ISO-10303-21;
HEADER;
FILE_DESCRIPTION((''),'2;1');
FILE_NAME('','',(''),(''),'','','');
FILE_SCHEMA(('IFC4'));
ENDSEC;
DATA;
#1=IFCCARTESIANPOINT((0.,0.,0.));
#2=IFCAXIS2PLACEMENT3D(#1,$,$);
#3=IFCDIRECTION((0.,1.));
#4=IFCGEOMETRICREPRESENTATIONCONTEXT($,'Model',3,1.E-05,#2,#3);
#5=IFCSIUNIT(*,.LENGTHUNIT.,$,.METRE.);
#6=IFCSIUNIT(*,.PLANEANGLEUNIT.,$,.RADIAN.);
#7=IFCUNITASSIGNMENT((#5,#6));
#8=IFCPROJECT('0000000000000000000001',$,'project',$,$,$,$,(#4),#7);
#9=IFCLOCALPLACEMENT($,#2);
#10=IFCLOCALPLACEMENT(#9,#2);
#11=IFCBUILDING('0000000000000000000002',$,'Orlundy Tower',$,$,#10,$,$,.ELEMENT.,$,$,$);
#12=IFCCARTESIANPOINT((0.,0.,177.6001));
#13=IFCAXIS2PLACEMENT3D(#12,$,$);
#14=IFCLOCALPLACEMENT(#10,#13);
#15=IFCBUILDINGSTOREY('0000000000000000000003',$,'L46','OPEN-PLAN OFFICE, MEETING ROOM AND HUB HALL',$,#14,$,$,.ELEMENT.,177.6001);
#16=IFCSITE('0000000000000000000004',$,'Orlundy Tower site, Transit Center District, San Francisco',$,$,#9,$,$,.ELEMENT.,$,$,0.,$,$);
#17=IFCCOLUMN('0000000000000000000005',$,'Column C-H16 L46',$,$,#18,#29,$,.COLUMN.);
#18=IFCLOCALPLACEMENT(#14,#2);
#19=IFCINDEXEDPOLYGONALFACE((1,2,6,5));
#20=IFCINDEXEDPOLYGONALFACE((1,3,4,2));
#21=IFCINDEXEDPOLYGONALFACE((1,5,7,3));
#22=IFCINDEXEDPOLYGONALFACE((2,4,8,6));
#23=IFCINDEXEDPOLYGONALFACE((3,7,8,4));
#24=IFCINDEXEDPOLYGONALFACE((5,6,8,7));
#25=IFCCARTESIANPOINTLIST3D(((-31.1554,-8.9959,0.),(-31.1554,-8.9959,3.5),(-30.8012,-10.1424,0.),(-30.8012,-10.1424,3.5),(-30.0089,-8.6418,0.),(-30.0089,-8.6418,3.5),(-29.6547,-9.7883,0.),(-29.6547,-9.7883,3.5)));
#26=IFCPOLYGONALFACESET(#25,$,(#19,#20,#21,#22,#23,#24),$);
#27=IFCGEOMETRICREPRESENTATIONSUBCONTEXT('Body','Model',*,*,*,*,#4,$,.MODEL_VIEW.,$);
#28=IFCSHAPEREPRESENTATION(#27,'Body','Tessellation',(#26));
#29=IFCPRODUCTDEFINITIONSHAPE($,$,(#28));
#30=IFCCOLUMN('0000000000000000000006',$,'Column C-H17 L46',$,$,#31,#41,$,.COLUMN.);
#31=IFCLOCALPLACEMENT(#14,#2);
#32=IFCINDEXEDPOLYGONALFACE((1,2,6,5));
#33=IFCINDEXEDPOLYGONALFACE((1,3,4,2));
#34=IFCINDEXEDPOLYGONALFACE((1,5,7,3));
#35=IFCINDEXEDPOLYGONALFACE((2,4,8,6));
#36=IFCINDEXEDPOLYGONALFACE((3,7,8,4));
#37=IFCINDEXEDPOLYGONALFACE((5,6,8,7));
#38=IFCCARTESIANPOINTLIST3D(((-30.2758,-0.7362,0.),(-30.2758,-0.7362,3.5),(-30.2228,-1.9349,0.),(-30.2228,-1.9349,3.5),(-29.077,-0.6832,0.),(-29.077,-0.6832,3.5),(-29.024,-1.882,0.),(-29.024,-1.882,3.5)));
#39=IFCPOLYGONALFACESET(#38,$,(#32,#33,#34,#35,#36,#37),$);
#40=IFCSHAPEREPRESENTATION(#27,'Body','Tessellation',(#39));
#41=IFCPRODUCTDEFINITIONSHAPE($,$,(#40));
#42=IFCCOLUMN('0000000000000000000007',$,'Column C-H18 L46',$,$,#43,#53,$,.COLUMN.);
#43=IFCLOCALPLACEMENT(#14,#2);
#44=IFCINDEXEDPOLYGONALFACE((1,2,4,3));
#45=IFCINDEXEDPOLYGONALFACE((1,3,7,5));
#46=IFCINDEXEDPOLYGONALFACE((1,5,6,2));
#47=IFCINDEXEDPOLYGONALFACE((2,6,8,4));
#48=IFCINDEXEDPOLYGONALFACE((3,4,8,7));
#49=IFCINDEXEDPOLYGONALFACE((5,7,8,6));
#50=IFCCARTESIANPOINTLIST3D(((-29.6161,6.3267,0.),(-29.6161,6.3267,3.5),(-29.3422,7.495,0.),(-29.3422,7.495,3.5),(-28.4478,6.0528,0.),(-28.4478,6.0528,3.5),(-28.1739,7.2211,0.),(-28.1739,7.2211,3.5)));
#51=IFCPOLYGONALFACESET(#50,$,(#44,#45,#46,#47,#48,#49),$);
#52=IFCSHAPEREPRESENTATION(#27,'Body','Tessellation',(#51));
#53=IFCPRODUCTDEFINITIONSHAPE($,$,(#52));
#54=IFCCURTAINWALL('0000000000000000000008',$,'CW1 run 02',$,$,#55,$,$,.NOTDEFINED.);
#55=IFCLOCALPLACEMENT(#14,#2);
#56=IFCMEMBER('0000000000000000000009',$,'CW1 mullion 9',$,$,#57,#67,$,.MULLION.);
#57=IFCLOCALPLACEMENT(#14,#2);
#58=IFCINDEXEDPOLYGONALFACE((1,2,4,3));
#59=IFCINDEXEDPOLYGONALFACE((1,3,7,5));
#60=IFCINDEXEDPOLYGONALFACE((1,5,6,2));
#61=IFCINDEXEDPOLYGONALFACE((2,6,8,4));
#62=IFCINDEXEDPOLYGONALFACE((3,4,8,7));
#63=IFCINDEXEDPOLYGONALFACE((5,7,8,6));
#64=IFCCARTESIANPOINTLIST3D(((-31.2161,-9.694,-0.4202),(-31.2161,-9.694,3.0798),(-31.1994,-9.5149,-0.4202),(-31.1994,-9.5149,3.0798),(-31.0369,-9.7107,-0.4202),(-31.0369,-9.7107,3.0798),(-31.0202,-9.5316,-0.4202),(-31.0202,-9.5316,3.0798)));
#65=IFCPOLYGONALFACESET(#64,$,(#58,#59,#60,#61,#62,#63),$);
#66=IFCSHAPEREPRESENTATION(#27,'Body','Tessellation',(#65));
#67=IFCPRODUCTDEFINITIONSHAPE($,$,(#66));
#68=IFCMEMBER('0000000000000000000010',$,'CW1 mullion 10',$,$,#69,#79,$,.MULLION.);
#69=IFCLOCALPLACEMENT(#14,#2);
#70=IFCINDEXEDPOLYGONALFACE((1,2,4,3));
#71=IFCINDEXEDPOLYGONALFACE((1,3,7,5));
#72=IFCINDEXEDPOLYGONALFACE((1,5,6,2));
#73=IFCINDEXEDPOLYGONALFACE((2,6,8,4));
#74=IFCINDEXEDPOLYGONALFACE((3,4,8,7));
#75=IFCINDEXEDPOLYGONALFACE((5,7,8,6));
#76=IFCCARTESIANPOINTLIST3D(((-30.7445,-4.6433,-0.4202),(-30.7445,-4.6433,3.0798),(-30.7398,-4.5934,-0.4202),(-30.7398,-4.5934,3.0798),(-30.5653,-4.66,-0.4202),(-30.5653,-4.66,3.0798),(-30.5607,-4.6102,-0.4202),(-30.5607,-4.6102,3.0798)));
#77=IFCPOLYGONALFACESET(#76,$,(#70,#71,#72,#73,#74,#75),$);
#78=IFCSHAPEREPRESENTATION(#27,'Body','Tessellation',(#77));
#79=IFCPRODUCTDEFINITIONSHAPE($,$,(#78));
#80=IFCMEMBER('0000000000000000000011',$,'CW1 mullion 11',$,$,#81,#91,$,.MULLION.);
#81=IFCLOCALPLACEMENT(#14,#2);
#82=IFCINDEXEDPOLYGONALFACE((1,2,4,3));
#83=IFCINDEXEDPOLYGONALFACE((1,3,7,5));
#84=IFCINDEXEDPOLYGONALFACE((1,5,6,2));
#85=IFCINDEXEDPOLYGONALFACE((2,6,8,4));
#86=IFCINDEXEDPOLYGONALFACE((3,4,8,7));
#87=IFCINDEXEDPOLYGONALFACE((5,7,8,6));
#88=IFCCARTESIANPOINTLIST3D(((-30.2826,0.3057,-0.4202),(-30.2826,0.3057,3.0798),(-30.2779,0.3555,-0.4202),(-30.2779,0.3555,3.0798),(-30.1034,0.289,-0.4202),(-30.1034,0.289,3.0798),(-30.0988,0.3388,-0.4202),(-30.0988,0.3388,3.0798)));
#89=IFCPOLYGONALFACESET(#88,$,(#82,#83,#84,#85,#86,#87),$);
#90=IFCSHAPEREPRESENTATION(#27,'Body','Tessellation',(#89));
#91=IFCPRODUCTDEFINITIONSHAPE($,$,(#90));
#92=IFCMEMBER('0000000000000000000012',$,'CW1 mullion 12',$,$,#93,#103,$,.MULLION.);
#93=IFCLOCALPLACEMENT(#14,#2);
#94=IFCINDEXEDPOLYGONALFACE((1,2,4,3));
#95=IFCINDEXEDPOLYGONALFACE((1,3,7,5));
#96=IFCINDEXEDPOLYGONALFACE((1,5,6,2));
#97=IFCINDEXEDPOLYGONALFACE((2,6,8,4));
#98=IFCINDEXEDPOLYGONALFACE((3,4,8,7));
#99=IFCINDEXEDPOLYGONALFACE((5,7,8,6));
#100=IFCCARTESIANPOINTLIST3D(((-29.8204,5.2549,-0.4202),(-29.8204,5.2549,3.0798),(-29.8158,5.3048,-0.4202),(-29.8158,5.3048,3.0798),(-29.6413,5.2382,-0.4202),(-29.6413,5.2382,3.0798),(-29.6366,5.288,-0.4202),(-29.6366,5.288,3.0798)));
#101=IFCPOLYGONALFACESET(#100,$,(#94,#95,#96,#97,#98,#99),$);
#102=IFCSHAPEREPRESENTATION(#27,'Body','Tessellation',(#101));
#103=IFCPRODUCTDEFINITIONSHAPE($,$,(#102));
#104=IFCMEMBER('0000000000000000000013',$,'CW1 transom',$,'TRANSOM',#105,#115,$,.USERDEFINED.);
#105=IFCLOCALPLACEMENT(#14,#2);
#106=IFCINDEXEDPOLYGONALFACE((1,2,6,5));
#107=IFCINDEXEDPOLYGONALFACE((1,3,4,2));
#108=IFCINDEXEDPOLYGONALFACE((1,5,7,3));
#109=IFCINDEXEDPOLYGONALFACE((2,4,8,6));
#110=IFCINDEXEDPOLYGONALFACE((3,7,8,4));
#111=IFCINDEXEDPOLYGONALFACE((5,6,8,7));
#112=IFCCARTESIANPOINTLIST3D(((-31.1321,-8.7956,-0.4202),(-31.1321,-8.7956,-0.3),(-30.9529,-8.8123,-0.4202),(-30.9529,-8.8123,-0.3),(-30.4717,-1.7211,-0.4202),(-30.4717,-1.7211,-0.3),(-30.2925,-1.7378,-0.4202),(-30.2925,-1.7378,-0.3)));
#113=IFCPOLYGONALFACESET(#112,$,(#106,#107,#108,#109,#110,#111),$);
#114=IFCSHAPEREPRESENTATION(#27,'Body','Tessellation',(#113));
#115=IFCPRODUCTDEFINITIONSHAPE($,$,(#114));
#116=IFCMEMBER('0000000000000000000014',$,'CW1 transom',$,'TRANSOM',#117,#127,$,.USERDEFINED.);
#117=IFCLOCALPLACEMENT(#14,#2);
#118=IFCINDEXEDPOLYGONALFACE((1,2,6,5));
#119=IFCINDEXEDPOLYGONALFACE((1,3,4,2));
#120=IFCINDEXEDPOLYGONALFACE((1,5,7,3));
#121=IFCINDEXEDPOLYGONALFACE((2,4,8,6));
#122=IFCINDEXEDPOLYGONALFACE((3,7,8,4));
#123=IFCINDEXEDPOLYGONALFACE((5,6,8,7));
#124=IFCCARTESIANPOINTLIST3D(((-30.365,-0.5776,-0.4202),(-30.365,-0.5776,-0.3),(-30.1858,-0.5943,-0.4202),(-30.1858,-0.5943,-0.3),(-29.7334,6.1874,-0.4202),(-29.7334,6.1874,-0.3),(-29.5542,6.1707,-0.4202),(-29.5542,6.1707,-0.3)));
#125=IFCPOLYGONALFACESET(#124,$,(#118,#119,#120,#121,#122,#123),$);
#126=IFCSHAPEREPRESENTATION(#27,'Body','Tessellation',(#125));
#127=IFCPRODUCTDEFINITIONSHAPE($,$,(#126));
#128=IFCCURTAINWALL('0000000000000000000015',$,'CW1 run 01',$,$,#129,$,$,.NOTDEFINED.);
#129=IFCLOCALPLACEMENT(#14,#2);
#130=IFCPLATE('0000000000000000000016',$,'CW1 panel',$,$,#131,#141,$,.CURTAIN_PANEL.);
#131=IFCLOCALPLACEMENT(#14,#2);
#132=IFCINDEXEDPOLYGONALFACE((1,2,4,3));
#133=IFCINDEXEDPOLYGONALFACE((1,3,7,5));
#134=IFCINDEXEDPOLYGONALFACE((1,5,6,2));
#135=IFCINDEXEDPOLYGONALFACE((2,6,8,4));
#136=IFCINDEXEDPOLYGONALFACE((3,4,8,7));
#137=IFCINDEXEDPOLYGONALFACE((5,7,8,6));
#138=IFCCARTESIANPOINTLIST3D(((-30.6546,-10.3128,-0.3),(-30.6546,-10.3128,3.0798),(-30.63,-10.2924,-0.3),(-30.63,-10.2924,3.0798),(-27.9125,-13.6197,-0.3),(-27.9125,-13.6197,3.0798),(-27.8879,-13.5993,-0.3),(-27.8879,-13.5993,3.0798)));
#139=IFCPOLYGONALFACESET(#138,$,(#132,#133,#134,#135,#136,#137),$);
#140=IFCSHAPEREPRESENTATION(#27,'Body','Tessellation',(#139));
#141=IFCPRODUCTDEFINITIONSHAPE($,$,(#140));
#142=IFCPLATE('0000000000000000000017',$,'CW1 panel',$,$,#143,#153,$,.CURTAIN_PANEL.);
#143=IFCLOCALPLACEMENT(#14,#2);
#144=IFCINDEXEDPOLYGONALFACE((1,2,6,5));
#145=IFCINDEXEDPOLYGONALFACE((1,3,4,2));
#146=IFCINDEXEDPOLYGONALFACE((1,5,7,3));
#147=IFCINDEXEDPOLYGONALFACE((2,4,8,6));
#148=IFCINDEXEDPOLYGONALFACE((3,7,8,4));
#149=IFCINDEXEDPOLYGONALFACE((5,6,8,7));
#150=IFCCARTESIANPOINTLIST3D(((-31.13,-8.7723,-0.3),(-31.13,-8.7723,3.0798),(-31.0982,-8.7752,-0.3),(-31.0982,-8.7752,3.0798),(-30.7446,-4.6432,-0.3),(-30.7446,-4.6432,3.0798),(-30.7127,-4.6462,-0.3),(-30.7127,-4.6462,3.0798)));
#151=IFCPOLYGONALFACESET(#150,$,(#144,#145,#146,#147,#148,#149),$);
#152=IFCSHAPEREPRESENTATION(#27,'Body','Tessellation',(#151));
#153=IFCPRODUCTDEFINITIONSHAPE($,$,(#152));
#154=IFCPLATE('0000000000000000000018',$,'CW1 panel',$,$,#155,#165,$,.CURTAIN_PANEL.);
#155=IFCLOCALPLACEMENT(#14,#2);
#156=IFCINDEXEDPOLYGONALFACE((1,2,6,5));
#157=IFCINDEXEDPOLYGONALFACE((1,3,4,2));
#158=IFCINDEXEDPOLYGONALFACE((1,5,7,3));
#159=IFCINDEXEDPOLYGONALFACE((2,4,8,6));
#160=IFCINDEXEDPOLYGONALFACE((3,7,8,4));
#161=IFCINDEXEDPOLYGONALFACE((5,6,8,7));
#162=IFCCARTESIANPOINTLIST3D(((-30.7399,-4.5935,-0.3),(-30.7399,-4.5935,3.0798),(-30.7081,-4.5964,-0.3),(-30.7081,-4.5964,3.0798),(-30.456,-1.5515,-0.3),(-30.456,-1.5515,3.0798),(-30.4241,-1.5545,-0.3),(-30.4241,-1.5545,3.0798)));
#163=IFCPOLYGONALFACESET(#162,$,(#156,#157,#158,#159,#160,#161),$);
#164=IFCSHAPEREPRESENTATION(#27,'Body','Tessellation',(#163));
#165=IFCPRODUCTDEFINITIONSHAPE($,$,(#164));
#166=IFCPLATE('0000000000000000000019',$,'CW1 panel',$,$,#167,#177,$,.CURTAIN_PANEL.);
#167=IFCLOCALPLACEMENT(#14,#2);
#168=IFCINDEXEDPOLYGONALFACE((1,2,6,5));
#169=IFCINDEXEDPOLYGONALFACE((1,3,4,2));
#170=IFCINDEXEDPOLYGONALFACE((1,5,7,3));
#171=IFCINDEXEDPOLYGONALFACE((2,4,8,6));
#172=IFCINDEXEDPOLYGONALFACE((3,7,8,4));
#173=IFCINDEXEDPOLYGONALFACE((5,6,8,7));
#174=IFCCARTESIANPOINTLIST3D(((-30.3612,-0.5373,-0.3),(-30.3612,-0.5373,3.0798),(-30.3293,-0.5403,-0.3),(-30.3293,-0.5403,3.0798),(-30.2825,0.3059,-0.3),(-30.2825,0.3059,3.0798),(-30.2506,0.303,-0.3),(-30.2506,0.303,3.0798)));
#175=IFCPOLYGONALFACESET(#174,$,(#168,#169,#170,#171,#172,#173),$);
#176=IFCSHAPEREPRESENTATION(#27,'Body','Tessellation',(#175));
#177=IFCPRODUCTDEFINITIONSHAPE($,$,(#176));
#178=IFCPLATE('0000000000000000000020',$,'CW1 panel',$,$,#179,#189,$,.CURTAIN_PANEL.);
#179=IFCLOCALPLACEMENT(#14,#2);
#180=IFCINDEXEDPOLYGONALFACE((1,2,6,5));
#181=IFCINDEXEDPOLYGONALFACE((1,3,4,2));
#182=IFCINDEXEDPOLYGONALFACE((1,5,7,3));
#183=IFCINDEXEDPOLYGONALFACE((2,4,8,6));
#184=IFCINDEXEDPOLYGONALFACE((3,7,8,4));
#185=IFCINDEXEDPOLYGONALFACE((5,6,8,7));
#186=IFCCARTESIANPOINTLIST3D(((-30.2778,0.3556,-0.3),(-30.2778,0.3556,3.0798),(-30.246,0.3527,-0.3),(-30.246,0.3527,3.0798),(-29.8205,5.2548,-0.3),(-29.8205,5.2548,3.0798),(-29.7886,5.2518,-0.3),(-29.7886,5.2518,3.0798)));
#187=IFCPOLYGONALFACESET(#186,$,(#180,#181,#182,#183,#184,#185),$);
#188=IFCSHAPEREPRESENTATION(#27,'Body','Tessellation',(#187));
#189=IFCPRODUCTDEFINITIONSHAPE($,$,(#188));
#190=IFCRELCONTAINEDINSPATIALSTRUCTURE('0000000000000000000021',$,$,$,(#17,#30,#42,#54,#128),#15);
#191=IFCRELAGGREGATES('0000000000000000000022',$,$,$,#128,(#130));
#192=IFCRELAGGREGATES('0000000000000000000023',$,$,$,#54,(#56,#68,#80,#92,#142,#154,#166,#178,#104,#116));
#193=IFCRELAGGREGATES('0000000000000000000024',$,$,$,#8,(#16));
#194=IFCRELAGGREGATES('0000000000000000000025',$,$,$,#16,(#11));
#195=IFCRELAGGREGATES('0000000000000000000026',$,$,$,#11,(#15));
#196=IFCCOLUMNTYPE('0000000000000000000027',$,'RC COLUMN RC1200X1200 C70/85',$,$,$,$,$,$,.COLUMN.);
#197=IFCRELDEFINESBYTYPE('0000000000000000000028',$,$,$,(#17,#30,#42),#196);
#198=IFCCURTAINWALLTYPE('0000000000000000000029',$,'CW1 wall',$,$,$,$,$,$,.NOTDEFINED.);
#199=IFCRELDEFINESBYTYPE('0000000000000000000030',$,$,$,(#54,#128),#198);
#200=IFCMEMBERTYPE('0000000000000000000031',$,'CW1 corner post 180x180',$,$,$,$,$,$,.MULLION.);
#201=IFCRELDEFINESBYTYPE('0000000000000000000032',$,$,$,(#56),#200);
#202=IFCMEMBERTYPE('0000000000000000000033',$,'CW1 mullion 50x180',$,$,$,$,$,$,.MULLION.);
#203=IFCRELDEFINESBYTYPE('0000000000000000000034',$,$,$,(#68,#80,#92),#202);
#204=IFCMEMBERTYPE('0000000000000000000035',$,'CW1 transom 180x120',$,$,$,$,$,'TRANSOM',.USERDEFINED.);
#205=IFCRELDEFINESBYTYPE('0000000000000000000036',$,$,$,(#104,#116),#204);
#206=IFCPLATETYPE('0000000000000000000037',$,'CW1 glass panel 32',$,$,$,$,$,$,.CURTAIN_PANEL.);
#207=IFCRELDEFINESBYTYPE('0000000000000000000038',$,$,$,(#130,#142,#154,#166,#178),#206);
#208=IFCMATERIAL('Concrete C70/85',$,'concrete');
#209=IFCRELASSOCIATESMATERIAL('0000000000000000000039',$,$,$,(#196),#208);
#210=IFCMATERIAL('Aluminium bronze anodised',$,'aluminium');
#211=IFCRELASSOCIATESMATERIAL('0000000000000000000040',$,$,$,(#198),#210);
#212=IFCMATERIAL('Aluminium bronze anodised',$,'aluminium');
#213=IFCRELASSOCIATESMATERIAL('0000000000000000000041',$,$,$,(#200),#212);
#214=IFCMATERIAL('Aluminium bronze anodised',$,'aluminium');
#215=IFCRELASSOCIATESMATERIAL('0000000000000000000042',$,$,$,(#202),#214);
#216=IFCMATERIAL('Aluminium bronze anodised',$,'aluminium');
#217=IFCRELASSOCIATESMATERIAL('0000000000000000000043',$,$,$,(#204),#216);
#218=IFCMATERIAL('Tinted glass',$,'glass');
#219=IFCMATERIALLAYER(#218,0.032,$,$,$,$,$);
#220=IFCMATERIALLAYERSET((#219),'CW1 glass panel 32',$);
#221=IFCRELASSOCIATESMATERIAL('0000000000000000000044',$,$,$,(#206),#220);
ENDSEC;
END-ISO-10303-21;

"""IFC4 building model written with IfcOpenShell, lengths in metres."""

from ifc_helpers import new_model, si_unit, direction, frame, origin, origin_2d, place, context, subcontext, project, spatial, rectangle, extrude, material, layer, layer_set, material_profile, profile_set, type_object, element, aggregate, save


model = new_model("IFC4")

# Units and contexts
model_context = context("Model", 3, precision=1e-05, world=origin(), true_north=direction((0.0, 1.0)))
body_context = subcontext(model_context, "Body", "Model", "MODEL_VIEW")
ifc_project = project(units=[si_unit("LENGTHUNIT", "METRE"), si_unit("PLANEANGLEUNIT", "RADIAN")], contexts=[model_context])

# Site, building, storey
site_placement = place(None, origin())
site = spatial("IfcSite", under=ifc_project, at=site_placement, Name="Orlundy Tower site, Transit Center District, San Francisco", CompositionType="ELEMENT", RefElevation=0.0)
building_placement = place(site_placement, origin())
building = spatial("IfcBuilding", under=site, at=building_placement, Name="Orlundy Tower", CompositionType="ELEMENT")
storey_placement = place(building_placement, frame((0.0, 0.0, 177.6001)))
storey = spatial("IfcBuildingStorey", under=building, at=storey_placement, Name="L46", Description="OPEN-PLAN OFFICE, MEETING ROOM AND HUB HALL", CompositionType="ELEMENT", Elevation=177.6001)

# Columns
ifc_material_1 = material(Name="Concrete C70/85", Category="concrete")
ifc_material_profile_1 = material_profile(ifc_material_1, rectangle(XDim=1.2, YDim=1.2, at=origin_2d()), Name="RC1200X1200")
ifc_profile_set_1 = profile_set([ifc_material_profile_1], Name="Concrete C70/85")
column_type = type_object("IfcColumnType", Name="RC COLUMN RC1200X1200 C70/85", PredefinedType="COLUMN", material=ifc_profile_set_1)
for number, where, z_axis, x_axis, name in (
    (1, (-30.405, -9.3921, 0.0), (0.0, 0.0, 1.0), (-0.955454, -0.295141, 0.0), "Column C-H16 L46"),
    (2, (-29.6499, -1.3091, 0.0), (0.0, 0.0, 1.0), (-0.999027, -0.044108, 0.0), "Column C-H17 L46"),
    (3, (-28.895, 6.7739, 0.0), (0.0, 0.0, 1.0), (-0.973603, 0.228249, 0.0), "Column C-H18 L46"),
):
    element("IfcColumn", number, at=place(storey_placement, frame(where, z_axis=z_axis, x_axis=x_axis)), inside=storey, type_object=column_type, Name=name, PredefinedType="COLUMN", context=body_context, shape_type="SweptSolid", body=[
        extrude(rectangle(XDim=1.2, YDim=1.2, at=origin_2d()), origin(), (0.0, 0.0, 1.0), 3.5),
    ])

# Curtain wall, members
ifc_material_2 = material(Name="Aluminium bronze anodised", Category="aluminium")
curtain_wall_type = type_object("IfcCurtainWallType", Name="CW1 wall", PredefinedType="NOTDEFINED", material=ifc_material_2)
curtain_wall_1_placement = place(storey_placement, origin())
curtain_wall_1 = element("IfcCurtainWall", 4, at=curtain_wall_1_placement, inside=storey, type_object=curtain_wall_type, Name="CW1 run 02", PredefinedType="NOTDEFINED")
ifc_material_3 = material(Name="Aluminium bronze anodised", Category="aluminium")
ifc_material_profile_2 = material_profile(ifc_material_3, rectangle(XDim=0.1799, YDim=0.1799, at=origin_2d()), Name="CW1 corner post 180x180")
ifc_profile_set_2 = profile_set([ifc_material_profile_2], Name="Aluminium bronze anodised")
member_type_1 = type_object("IfcMemberType", Name="CW1 corner post 180x180", PredefinedType="MULLION", material=ifc_profile_set_2)
member_1_placement = place(storey_placement, frame((-31.1182, -9.6128, -0.4202), z_axis=(0.0, 0.0, 1.0), x_axis=(-0.995671, 0.092948, 0.0)))
member_1 = element("IfcMember", 5, at=member_1_placement, type_object=member_type_1, Name="CW1 mullion 9", PredefinedType="MULLION", context=body_context, shape_type="SweptSolid", body=[
    extrude(rectangle(XDim=0.1799, YDim=0.1799, at=origin_2d()), origin(), (0.0, 0.0, 1.0), 3.5),
])
ifc_material_4 = material(Name="Aluminium bronze anodised", Category="aluminium")
ifc_material_profile_3 = material_profile(ifc_material_4, rectangle(XDim=0.1799, YDim=0.05, at=origin_2d()), Name="CW1 mullion 50x180")
ifc_profile_set_3 = profile_set([ifc_material_profile_3], Name="Aluminium bronze anodised")
member_type_2 = type_object("IfcMemberType", Name="CW1 mullion 50x180", PredefinedType="MULLION", material=ifc_profile_set_3)
member_2_placement = place(storey_placement, frame((-30.6526, -4.6267, -0.4202), z_axis=(0.0, 0.0, 1.0), x_axis=(-0.995671, 0.092948, 0.0)))
member_2 = element("IfcMember", 6, at=member_2_placement, type_object=member_type_2, Name="CW1 mullion 10", PredefinedType="MULLION", context=body_context, shape_type="SweptSolid", body=[
    extrude(rectangle(XDim=0.1799, YDim=0.05, at=origin_2d()), origin(), (0.0, 0.0, 1.0), 3.5),
])
member_3_placement = place(storey_placement, frame((-30.1907, 0.3223, -0.4202), z_axis=(0.0, 0.0, 1.0), x_axis=(-0.995671, 0.092948, 0.0)))
member_3 = element("IfcMember", 7, at=member_3_placement, type_object=member_type_2, Name="CW1 mullion 11", PredefinedType="MULLION", context=body_context, shape_type="SweptSolid", body=[
    extrude(rectangle(XDim=0.1799, YDim=0.05, at=origin_2d()), origin(), (0.0, 0.0, 1.0), 3.5),
])
member_4_placement = place(storey_placement, frame((-29.7285, 5.2715, -0.4202), z_axis=(0.0, 0.0, 1.0), x_axis=(-0.995671, 0.092948, 0.0)))
member_4 = element("IfcMember", 8, at=member_4_placement, type_object=member_type_2, Name="CW1 mullion 12", PredefinedType="MULLION", context=body_context, shape_type="SweptSolid", body=[
    extrude(rectangle(XDim=0.1799, YDim=0.05, at=origin_2d()), origin(), (0.0, 0.0, 1.0), 3.5),
])
ifc_material_5 = material(Name="Aluminium bronze anodised", Category="aluminium")
ifc_material_profile_4 = material_profile(ifc_material_5, rectangle(XDim=0.1799, YDim=0.1201, at=origin_2d()), Name="CW1 transom 180x120")
ifc_profile_set_4 = profile_set([ifc_material_profile_4], Name="Aluminium bronze anodised")
member_type_3 = type_object("IfcMemberType", Name="CW1 transom 180x120", ElementType="TRANSOM", PredefinedType="USERDEFINED", material=ifc_profile_set_4)
member_5_placement = place(storey_placement, frame((-31.0425, -8.804, -0.3601), z_axis=(0.092946, 0.995671, 0.0), x_axis=(-0.995671, 0.092946, 0.0)))
member_5 = element("IfcMember", 9, at=member_5_placement, type_object=member_type_3, Name="CW1 transom", ObjectType="TRANSOM", PredefinedType="USERDEFINED", context=body_context, shape_type="SweptSolid", body=[
    extrude(rectangle(XDim=0.1799, YDim=0.1201, at=origin_2d()), origin(), (0.0, 0.0, 1.0), 7.1052),
])
member_6_placement = place(storey_placement, frame((-30.2754, -0.5859, -0.3601), z_axis=(0.092956, 0.99567, 0.0), x_axis=(-0.99567, 0.092956, 0.0)))
member_6 = element("IfcMember", 10, at=member_6_placement, type_object=member_type_3, Name="CW1 transom", ObjectType="TRANSOM", PredefinedType="USERDEFINED", context=body_context, shape_type="SweptSolid", body=[
    extrude(rectangle(XDim=0.1799, YDim=0.1201, at=origin_2d()), origin(), (0.0, 0.0, 1.0), 6.7944),
])

# Curtain wall, plate
curtain_wall_2_placement = place(storey_placement, origin())
curtain_wall_2 = element("IfcCurtainWall", 11, at=curtain_wall_2_placement, inside=storey, type_object=curtain_wall_type, Name="CW1 run 01", PredefinedType="NOTDEFINED")
ifc_material_6 = material(Name="Tinted glass", Category="glass")
ifc_layer_1 = layer(ifc_material_6, 0.032)
ifc_layer_set_1 = layer_set([ifc_layer_1], Name="CW1 glass panel 32")
plate_type = type_object("IfcPlateType", Name="CW1 glass panel 32", PredefinedType="CURTAIN_PANEL", material=ifc_layer_set_1)
plate_1_placement = place(storey_placement, frame((-29.2712, -11.9561, -0.3), z_axis=(0.0, 0.0, 1.0), x_axis=(-0.638299, 0.769788, 0.0)))
plate_1 = element("IfcPlate", 12, at=plate_1_placement, type_object=plate_type, Name="CW1 panel", PredefinedType="CURTAIN_PANEL", context=body_context, shape_type="SweptSolid", body=[
    extrude(rectangle(XDim=4.2959, YDim=0.032, at=origin_2d()), origin(), (0.0, 0.0, 1.0), 3.3799),
])
aggregate(curtain_wall_2, [plate_1])

# Plates
plate_2_placement = place(storey_placement, frame((-30.9214, -6.7092, -0.3), z_axis=(0.0, 0.0, 1.0), x_axis=(0.092948, 0.995671, 0.0)))
plate_2 = element("IfcPlate", 13, at=plate_2_placement, type_object=plate_type, Name="CW1 panel", PredefinedType="CURTAIN_PANEL", context=body_context, shape_type="SweptSolid", body=[
    extrude(rectangle(XDim=4.147, YDim=0.032, at=origin_2d()), origin(), (0.0, 0.0, 1.0), 3.3799),
])
plate_3_placement = place(storey_placement, frame((-30.582, -3.074, -0.3), z_axis=(0.0, 0.0, 1.0), x_axis=(0.092948, 0.995671, 0.0)))
plate_3 = element("IfcPlate", 14, at=plate_3_placement, type_object=plate_type, Name="CW1 panel", PredefinedType="CURTAIN_PANEL", context=body_context, shape_type="SweptSolid", body=[
    extrude(rectangle(XDim=3.0552, YDim=0.032, at=origin_2d()), origin(), (0.0, 0.0, 1.0), 3.3799),
])
plate_4_placement = place(storey_placement, frame((-30.3059, -0.1172, -0.3), z_axis=(0.0, 0.0, 1.0), x_axis=(0.092948, 0.995671, 0.0)))
plate_4 = element("IfcPlate", 15, at=plate_4_placement, type_object=plate_type, Name="CW1 panel", PredefinedType="CURTAIN_PANEL", context=body_context, shape_type="SweptSolid", body=[
    extrude(rectangle(XDim=0.8469, YDim=0.032, at=origin_2d()), origin(), (0.0, 0.0, 1.0), 3.3799),
])
plate_5_placement = place(storey_placement, frame((-30.0332, 2.8037, -0.3), z_axis=(0.0, 0.0, 1.0), x_axis=(0.092948, 0.995671, 0.0)))
plate_5 = element("IfcPlate", 16, at=plate_5_placement, type_object=plate_type, Name="CW1 panel", PredefinedType="CURTAIN_PANEL", context=body_context, shape_type="SweptSolid", body=[
    extrude(rectangle(XDim=4.9204, YDim=0.032, at=origin_2d()), origin(), (0.0, 0.0, 1.0), 3.3799),
])
aggregate(curtain_wall_1, [member_1, member_2, member_3, member_4, plate_2, plate_3, plate_4, plate_5, member_5, member_6])

save(model, "model.ifc")
